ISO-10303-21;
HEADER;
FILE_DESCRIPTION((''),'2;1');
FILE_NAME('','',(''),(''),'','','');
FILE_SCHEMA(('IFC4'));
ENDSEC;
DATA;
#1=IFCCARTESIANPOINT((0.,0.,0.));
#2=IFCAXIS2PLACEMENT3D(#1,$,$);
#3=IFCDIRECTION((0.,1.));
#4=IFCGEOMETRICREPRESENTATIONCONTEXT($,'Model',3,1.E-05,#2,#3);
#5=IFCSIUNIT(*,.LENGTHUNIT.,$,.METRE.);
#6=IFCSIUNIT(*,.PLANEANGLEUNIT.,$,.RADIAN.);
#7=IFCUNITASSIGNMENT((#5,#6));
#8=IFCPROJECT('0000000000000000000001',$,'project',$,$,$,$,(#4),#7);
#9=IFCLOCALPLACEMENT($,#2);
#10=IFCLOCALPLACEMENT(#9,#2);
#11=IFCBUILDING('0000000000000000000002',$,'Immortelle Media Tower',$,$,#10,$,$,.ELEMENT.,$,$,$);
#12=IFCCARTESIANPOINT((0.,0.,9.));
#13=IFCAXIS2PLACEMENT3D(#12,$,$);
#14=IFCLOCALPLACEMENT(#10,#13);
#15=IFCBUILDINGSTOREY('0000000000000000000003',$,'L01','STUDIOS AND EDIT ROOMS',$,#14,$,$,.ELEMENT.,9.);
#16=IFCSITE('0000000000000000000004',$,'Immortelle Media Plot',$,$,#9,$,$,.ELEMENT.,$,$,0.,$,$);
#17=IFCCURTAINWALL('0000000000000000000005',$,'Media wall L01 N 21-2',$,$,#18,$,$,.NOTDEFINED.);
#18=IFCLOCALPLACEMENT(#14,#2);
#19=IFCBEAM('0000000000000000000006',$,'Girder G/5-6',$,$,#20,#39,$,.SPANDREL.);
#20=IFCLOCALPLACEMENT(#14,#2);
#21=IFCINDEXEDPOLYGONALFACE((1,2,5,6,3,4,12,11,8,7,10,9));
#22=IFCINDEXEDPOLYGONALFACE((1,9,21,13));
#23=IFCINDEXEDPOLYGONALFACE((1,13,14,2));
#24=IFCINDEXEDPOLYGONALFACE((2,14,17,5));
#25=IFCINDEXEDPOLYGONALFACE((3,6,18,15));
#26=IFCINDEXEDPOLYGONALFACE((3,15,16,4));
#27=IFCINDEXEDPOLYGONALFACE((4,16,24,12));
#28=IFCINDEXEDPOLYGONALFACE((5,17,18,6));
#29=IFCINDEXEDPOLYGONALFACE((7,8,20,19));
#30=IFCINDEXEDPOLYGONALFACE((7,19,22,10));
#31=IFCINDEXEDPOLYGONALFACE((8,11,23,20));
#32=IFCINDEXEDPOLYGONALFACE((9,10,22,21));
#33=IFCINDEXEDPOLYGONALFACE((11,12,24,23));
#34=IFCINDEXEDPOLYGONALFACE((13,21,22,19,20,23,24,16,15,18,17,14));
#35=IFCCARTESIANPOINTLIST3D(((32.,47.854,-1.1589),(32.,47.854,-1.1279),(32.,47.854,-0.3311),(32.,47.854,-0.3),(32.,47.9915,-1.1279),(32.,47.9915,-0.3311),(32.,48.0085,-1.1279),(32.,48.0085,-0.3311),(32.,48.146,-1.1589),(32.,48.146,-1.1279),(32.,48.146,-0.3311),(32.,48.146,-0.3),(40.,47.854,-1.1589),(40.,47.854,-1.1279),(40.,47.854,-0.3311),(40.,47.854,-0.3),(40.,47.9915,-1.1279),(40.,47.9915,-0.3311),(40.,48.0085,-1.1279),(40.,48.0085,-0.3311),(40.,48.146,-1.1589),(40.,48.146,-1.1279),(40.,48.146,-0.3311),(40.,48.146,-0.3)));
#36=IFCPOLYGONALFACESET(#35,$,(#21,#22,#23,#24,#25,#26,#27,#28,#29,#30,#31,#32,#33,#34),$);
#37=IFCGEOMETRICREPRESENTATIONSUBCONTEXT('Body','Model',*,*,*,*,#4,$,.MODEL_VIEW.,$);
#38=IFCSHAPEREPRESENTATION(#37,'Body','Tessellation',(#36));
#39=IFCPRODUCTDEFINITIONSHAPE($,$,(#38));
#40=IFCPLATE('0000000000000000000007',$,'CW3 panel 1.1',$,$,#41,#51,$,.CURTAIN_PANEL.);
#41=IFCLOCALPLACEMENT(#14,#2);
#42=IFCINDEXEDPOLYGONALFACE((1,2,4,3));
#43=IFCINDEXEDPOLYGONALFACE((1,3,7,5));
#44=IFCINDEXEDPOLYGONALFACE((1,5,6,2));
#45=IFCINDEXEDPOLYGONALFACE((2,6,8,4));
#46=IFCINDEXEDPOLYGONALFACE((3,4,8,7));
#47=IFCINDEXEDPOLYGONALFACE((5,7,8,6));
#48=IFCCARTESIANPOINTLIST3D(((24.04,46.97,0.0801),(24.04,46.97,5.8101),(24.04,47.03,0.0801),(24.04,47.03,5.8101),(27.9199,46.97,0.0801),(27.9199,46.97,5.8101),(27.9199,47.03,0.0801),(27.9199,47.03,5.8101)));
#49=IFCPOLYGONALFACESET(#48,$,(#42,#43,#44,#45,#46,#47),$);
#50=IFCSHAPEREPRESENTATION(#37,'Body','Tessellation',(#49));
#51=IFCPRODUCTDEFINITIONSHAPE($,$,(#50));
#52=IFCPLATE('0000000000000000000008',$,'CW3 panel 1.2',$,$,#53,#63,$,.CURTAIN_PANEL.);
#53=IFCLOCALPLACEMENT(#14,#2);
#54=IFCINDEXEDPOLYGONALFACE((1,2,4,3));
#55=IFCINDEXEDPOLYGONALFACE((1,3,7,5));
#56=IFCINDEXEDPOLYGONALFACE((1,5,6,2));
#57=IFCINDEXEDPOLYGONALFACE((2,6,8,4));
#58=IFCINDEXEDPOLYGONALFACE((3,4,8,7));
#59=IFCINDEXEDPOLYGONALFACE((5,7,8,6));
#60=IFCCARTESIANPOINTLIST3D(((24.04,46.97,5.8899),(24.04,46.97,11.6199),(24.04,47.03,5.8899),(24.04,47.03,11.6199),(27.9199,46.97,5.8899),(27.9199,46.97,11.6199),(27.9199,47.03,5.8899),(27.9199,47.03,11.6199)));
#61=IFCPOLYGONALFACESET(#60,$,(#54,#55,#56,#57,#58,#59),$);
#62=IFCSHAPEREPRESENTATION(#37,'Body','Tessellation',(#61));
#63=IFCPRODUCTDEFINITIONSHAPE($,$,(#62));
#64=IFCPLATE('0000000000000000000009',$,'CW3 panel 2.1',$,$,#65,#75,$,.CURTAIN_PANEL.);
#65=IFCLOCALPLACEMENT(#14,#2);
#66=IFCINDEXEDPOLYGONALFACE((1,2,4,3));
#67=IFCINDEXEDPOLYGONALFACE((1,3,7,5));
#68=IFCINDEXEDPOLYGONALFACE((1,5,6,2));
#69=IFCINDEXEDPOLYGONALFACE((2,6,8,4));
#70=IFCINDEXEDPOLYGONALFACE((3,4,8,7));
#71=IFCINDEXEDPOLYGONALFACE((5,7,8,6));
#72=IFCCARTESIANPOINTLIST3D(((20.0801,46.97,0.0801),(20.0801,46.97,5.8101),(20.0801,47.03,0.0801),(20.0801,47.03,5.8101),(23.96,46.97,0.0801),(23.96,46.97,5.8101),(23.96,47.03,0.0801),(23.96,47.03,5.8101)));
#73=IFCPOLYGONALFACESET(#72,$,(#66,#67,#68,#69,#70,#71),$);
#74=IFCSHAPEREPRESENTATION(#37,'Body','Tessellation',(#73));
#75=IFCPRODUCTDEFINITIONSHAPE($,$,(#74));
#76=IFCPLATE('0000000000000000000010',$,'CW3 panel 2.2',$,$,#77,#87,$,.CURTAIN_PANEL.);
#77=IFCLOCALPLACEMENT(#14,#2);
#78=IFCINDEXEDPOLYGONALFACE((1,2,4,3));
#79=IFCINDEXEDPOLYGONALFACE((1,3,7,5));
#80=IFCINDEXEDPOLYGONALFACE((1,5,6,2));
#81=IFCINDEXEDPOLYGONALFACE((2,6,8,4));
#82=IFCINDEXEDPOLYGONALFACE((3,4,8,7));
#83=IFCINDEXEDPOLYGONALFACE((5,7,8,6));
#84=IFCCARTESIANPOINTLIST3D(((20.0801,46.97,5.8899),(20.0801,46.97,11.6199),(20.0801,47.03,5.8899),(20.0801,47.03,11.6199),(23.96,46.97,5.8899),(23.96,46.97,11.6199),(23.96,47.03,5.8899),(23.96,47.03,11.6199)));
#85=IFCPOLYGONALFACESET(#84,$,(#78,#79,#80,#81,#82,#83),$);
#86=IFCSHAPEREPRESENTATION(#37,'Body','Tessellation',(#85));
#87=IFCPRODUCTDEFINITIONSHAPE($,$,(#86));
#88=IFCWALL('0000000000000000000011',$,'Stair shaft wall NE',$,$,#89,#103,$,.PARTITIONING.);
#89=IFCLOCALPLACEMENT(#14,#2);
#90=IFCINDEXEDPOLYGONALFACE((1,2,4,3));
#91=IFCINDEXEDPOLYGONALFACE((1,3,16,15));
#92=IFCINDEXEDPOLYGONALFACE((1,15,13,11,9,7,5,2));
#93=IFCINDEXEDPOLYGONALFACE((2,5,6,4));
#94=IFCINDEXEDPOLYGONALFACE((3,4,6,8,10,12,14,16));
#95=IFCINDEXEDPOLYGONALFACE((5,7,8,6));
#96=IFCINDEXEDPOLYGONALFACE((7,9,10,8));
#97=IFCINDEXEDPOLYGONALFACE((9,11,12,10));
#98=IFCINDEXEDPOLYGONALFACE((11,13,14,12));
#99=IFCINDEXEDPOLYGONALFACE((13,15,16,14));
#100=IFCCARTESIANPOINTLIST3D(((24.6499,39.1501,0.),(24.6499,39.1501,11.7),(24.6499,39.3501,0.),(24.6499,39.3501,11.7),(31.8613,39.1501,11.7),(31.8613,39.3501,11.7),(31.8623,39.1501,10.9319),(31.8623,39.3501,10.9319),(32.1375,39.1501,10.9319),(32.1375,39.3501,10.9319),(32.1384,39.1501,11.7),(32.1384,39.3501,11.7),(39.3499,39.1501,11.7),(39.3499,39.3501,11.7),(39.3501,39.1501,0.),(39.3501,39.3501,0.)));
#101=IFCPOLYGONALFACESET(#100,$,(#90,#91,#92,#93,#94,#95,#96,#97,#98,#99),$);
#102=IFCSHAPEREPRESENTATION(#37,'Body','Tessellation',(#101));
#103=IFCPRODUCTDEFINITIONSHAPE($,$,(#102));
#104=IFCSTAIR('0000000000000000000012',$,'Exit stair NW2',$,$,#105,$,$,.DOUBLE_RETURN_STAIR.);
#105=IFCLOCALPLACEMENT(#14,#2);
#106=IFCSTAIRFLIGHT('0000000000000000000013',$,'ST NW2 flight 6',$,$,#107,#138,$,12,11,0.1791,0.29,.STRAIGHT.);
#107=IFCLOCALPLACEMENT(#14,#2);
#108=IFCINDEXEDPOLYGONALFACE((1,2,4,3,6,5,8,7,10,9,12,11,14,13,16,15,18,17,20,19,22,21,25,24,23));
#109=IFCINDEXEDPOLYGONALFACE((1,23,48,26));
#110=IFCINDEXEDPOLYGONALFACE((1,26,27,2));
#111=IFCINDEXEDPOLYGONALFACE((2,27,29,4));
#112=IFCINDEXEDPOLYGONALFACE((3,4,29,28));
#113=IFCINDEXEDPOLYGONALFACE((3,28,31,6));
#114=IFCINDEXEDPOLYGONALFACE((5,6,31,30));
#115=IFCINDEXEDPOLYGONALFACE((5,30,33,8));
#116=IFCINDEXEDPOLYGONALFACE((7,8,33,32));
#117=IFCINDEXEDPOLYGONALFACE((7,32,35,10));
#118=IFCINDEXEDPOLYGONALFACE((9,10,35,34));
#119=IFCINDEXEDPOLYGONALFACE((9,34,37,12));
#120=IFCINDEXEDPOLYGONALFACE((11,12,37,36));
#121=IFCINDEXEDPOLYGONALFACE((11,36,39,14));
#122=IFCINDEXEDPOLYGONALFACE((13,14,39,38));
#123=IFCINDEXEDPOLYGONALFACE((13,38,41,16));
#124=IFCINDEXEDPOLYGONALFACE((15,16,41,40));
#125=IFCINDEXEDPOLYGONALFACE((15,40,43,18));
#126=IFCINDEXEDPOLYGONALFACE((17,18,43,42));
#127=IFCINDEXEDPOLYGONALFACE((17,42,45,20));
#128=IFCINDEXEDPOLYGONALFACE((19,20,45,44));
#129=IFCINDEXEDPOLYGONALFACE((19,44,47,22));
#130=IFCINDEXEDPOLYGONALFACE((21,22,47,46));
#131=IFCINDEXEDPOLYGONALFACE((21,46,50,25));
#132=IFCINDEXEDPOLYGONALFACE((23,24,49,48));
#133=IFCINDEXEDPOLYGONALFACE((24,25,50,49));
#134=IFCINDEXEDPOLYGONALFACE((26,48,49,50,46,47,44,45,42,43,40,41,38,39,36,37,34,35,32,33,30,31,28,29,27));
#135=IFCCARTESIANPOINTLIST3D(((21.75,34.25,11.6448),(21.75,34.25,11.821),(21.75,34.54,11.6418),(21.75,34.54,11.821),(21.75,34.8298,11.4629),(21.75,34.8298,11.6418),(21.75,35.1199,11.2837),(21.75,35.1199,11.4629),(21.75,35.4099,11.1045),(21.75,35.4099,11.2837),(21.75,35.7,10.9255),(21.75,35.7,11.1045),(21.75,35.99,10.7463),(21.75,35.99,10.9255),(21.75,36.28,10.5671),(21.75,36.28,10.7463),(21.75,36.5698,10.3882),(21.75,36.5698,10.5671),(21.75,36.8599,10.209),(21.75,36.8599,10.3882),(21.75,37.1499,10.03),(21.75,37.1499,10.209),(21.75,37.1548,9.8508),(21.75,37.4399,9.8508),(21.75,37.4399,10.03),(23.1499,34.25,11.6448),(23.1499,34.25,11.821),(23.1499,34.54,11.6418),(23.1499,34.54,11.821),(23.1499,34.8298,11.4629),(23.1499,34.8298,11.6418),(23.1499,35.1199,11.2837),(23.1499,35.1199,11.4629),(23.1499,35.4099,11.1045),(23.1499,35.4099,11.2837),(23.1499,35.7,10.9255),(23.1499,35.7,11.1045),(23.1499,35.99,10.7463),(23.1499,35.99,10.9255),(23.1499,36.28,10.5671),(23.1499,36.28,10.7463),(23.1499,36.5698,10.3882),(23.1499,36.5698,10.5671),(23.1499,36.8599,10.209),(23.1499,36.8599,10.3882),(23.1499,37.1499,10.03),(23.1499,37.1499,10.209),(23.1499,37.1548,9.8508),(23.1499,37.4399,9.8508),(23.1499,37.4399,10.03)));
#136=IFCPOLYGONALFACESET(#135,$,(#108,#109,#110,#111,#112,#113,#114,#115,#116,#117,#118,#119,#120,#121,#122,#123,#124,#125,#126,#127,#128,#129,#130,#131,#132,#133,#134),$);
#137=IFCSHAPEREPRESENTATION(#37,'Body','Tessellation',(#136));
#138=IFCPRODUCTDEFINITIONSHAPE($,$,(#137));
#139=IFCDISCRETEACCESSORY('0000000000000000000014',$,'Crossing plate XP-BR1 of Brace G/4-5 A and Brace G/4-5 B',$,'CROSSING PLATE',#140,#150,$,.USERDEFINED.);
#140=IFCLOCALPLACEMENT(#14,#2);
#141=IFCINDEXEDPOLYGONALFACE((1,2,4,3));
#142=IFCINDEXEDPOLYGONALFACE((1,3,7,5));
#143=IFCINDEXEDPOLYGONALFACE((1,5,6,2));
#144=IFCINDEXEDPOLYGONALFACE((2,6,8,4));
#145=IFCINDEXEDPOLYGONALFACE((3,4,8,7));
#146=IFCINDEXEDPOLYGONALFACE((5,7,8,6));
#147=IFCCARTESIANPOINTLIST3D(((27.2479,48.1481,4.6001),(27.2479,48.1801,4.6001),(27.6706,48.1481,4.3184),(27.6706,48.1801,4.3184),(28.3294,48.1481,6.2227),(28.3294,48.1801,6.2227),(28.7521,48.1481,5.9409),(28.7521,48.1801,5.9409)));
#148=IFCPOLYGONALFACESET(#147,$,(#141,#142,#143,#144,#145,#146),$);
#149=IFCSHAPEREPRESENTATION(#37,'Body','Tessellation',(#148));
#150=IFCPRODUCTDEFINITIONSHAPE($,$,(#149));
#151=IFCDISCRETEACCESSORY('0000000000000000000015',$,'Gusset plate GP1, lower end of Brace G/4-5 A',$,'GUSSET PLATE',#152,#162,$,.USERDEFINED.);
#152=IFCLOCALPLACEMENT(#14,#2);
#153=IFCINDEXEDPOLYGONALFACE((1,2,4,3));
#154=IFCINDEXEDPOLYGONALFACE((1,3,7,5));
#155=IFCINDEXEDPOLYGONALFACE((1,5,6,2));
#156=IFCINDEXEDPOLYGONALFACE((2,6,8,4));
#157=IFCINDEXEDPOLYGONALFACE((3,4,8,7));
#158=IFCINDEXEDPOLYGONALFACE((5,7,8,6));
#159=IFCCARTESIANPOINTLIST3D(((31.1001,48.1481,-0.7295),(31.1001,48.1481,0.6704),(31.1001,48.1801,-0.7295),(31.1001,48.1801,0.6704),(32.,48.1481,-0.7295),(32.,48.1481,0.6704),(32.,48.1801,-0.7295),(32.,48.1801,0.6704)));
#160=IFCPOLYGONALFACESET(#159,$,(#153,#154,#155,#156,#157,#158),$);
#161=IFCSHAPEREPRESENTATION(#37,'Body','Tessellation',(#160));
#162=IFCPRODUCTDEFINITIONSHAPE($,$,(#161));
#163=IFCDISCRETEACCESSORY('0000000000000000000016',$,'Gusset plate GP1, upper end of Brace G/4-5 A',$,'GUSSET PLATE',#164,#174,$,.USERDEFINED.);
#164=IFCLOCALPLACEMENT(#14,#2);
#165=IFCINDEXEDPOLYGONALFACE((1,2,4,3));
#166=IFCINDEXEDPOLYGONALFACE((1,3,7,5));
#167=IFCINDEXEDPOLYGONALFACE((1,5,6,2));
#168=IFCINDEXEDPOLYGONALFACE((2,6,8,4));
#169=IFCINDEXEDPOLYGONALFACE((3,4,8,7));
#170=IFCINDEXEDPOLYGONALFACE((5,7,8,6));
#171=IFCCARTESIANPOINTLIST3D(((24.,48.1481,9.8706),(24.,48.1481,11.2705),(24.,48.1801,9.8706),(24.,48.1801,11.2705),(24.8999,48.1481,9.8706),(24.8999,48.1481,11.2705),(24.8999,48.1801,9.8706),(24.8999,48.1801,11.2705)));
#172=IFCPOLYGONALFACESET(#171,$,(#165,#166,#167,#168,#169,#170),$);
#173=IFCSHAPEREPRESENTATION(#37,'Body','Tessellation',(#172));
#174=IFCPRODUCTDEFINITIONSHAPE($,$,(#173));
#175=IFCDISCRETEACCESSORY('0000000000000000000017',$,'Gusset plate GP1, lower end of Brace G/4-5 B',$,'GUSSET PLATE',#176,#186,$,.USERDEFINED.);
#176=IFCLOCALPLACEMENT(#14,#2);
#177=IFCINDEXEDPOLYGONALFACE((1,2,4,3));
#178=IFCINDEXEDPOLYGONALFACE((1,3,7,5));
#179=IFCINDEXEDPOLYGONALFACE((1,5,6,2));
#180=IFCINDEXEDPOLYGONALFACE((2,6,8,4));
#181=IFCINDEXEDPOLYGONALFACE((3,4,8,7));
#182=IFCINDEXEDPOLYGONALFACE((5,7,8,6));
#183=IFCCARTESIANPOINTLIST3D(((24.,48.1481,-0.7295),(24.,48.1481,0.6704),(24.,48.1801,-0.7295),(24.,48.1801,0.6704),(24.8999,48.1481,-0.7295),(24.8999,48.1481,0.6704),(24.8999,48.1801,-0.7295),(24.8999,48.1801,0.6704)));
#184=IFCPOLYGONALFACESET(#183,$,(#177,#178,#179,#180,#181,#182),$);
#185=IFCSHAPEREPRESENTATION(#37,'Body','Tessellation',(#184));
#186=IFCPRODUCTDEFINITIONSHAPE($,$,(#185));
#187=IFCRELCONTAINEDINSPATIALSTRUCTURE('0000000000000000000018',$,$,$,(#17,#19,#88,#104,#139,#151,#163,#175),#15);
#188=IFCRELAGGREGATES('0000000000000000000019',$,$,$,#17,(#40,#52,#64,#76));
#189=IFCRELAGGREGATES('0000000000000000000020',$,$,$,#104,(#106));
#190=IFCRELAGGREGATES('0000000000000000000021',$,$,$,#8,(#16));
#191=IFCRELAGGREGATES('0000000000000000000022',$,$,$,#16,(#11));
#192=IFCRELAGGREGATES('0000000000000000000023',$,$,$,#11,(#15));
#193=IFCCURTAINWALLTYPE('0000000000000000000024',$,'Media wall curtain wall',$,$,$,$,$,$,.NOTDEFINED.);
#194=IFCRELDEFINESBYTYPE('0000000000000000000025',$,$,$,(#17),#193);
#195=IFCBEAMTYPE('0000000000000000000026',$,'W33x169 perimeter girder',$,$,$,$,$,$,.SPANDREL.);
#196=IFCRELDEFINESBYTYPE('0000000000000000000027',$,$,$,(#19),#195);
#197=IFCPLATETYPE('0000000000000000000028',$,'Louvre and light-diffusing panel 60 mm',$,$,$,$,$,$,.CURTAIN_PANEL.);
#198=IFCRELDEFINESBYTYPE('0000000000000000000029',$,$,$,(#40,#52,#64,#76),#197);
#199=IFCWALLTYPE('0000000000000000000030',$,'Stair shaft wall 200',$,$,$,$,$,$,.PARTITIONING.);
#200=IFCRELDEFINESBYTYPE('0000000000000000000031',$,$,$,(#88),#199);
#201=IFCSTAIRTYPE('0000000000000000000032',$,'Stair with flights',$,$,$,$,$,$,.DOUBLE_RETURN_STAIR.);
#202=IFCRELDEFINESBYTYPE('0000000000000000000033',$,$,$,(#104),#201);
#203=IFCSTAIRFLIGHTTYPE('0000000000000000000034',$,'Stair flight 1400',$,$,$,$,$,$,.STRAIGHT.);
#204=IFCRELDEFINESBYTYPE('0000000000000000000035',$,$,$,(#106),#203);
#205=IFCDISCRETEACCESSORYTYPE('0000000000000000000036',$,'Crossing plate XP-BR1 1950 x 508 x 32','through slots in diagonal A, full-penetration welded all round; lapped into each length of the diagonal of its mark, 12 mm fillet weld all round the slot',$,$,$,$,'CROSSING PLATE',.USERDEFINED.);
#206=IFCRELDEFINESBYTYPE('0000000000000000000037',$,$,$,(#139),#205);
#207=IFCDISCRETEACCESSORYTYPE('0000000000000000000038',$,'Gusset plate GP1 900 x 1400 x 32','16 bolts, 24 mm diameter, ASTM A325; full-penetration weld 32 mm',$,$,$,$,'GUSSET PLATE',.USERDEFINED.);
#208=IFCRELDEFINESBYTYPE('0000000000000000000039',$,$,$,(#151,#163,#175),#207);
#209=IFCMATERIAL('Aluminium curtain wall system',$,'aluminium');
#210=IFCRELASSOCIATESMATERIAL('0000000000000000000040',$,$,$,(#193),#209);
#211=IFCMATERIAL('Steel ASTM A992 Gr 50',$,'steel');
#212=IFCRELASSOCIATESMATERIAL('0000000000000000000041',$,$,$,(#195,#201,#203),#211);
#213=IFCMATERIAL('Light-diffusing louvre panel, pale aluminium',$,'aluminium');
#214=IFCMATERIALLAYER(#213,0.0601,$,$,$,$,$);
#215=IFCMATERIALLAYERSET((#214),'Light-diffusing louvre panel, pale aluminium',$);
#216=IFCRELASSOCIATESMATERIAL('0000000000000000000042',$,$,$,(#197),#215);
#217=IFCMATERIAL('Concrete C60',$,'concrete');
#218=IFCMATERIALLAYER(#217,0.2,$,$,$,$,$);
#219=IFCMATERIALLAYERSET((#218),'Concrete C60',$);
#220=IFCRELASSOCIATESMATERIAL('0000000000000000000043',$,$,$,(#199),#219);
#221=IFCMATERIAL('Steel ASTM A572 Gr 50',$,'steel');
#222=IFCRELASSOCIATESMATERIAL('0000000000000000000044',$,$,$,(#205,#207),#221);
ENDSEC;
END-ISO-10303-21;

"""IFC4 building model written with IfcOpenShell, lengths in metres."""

from ifc_helpers import new_model, si_unit, direction, frame, origin, origin_2d, place, context, subcontext, project, spatial, polyline, rectangle, i_section, outline, extrude, material, layer, layer_set, material_profile, profile_set, type_object, element, aggregate, save


model = new_model("IFC4")

# Units and contexts
model_context = context("Model", 3, precision=1e-05, world=origin(), true_north=direction((0.0, 1.0)))
body_context = subcontext(model_context, "Body", "Model", "MODEL_VIEW")
ifc_project = project(units=[si_unit("LENGTHUNIT", "METRE"), si_unit("PLANEANGLEUNIT", "RADIAN")], contexts=[model_context])

# Site, building, storey
site_placement = place(None, origin())
site = spatial("IfcSite", under=ifc_project, at=site_placement, Name="Immortelle Media Plot", CompositionType="ELEMENT", RefElevation=0.0)
building_placement = place(site_placement, origin())
building = spatial("IfcBuilding", under=site, at=building_placement, Name="Immortelle Media Tower", CompositionType="ELEMENT")
storey_placement = place(building_placement, frame((0.0, 0.0, 9.0)))
storey = spatial("IfcBuildingStorey", under=building, at=storey_placement, Name="L01", Description="STUDIOS AND EDIT ROOMS", CompositionType="ELEMENT", Elevation=9.0)

# Shared definitions
ifc_material_1 = material(Name="Steel ASTM A992 Gr 50", Category="steel")

# Curtain wall
ifc_material_2 = material(Name="Aluminium curtain wall system", Category="aluminium")
curtain_wall_type = type_object("IfcCurtainWallType", Name="Media wall curtain wall", PredefinedType="NOTDEFINED", material=ifc_material_2)
curtain_wall_placement = place(storey_placement, origin())
curtain_wall = element("IfcCurtainWall", 1, at=curtain_wall_placement, inside=storey, type_object=curtain_wall_type, Name="Media wall L01 N 21-2", PredefinedType="NOTDEFINED")

# Beam
ifc_material_profile_1 = material_profile(ifc_material_1, i_section(OverallWidth=0.292, OverallDepth=0.8589, WebThickness=0.0171, FlangeThickness=0.031, at=origin_2d()), Name="W33x169")
ifc_profile_set_1 = profile_set([ifc_material_profile_1], Name="Steel ASTM A992 Gr 50")
beam_type_1 = type_object("IfcBeamType", Name="W33x169 perimeter girder", PredefinedType="SPANDREL", material=ifc_profile_set_1)
for number, where, z_axis, x_axis, name in (
    (2, (32.0, 48.0, -0.7295), (1.0, 0.0, 0.0), (0.0, 1.0, 0.0), "Girder G/5-6"),
):
    element("IfcBeam", number, at=place(storey_placement, frame(where, z_axis=z_axis, x_axis=x_axis)), inside=storey, type_object=beam_type_1, Name=name, PredefinedType="SPANDREL", context=body_context, shape_type="SweptSolid", body=[
        extrude(i_section(OverallWidth=0.292, OverallDepth=0.8589, WebThickness=0.0171, FlangeThickness=0.031, at=origin_2d()), origin(), (0.0, 0.0, 1.0), 8.0),
    ])

# Plates
ifc_material_3 = material(Name="Light-diffusing louvre panel, pale aluminium", Category="aluminium")
ifc_layer_1 = layer(ifc_material_3, 0.0601)
ifc_layer_set_1 = layer_set([ifc_layer_1], Name="Light-diffusing louvre panel, pale aluminium")
plate_type = type_object("IfcPlateType", Name="Louvre and light-diffusing panel 60 mm", PredefinedType="CURTAIN_PANEL", material=ifc_layer_set_1)
plate_1_placement = place(storey_placement, frame((25.98, 47.0, 0.0801), z_axis=(0.0, 0.0, 1.0), x_axis=(-1.0, 0.0, 0.0)))
plate_1 = element("IfcPlate", 3, at=plate_1_placement, type_object=plate_type, Name="CW3 panel 1.1", PredefinedType="CURTAIN_PANEL", context=body_context, shape_type="SweptSolid", body=[
    extrude(rectangle(XDim=3.8799, YDim=0.0601, at=origin_2d()), origin(), (0.0, 0.0, 1.0), 5.73),
])
plate_2_placement = place(storey_placement, frame((25.98, 47.0, 5.8899), z_axis=(0.0, 0.0, 1.0), x_axis=(-1.0, 0.0, 0.0)))
plate_2 = element("IfcPlate", 4, at=plate_2_placement, type_object=plate_type, Name="CW3 panel 1.2", PredefinedType="CURTAIN_PANEL", context=body_context, shape_type="SweptSolid", body=[
    extrude(rectangle(XDim=3.8799, YDim=0.0601, at=origin_2d()), origin(), (0.0, 0.0, 1.0), 5.73),
])
plate_3_placement = place(storey_placement, frame((22.02, 47.0, 0.0801), z_axis=(0.0, 0.0, 1.0), x_axis=(-1.0, 0.0, 0.0)))
plate_3 = element("IfcPlate", 5, at=plate_3_placement, type_object=plate_type, Name="CW3 panel 2.1", PredefinedType="CURTAIN_PANEL", context=body_context, shape_type="SweptSolid", body=[
    extrude(rectangle(XDim=3.8799, YDim=0.0601, at=origin_2d()), origin(), (0.0, 0.0, 1.0), 5.73),
])
plate_4_placement = place(storey_placement, frame((22.02, 47.0, 5.8899), z_axis=(0.0, 0.0, 1.0), x_axis=(-1.0, 0.0, 0.0)))
plate_4 = element("IfcPlate", 6, at=plate_4_placement, type_object=plate_type, Name="CW3 panel 2.2", PredefinedType="CURTAIN_PANEL", context=body_context, shape_type="SweptSolid", body=[
    extrude(rectangle(XDim=3.8799, YDim=0.0601, at=origin_2d()), origin(), (0.0, 0.0, 1.0), 5.73),
])
aggregate(curtain_wall, [plate_1, plate_2, plate_3, plate_4])

# Wall
ifc_material_4 = material(Name="Concrete C60", Category="concrete")
ifc_layer_2 = layer(ifc_material_4, 0.2)
ifc_layer_set_2 = layer_set([ifc_layer_2], Name="Concrete C60")
wall_type = type_object("IfcWallType", Name="Stair shaft wall 200", PredefinedType="PARTITIONING", material=ifc_layer_set_2)
wall_placement = place(storey_placement, frame((24.6499, 39.25, 0.0), z_axis=(0.0, 0.0, 1.0), x_axis=(1.0, 0.0, 0.0)))
element("IfcWall", 7, at=wall_placement, inside=storey, type_object=wall_type, Name="Stair shaft wall NE", PredefinedType="PARTITIONING", context=body_context, shape_type="SweptSolid", body=[
    extrude(outline(polyline([(0.0, 0.0), (14.7002, 0.0), (14.7, 11.7), (7.4885, 11.7), (7.4875, 10.9319), (7.2124, 10.9319), (7.2114, 11.7), (0.0, 11.7), (0.0, 0.0)])), frame((0.0, 0.1001, 0.0), z_axis=(0.0, -1.0, 0.0), x_axis=(1.0, 0.0, 0.0)), (0.0, 0.0, 1.0), 0.2),
])

# Stair, stair flight
stair_type = type_object("IfcStairType", Name="Stair with flights", PredefinedType="DOUBLE_RETURN_STAIR", material=ifc_material_1)
stair_placement = place(storey_placement, origin())
stair = element("IfcStair", 8, at=stair_placement, inside=storey, type_object=stair_type, Name="Exit stair NW2", PredefinedType="DOUBLE_RETURN_STAIR")
stair_flight_type = type_object("IfcStairFlightType", Name="Stair flight 1400", PredefinedType="STRAIGHT", material=ifc_material_1)
stair_flight_placement = place(storey_placement, frame((22.45, 37.4399, 9.8508), z_axis=(0.0, 0.0, 1.0), x_axis=(0.0, -1.0, 0.0)))
stair_flight = element("IfcStairFlight", 9, at=stair_flight_placement, type_object=stair_flight_type, Name="ST NW2 flight 6", NumberOfRisers=12, NumberOfTreads=11, PredefinedType="STRAIGHT", RiserHeight=0.1791, TreadLength=0.29, context=body_context, shape_type="SweptSolid", body=[
    extrude(outline(polyline([(0.0, 0.0), (0.0, 0.1792), (0.29, 0.1792), (0.29, 0.3582), (0.5801, 0.3582), (0.5801, 0.5374), (0.8701, 0.5374), (0.8701, 0.7163), (1.1599, 0.7163), (1.1599, 0.8955), (1.45, 0.8955), (1.45, 1.0747), (1.74, 1.0747), (1.74, 1.2537), (2.03, 1.2537), (2.03, 1.4329), (2.3201, 1.4329), (2.3201, 1.6121), (2.6101, 1.6121), (2.6101, 1.791), (2.8999, 1.791), (2.8999, 1.9702), (3.1899, 1.9702), (3.1899, 2.1492), (3.1899, 1.7939), (0.2852, 0.0), (0.0, 0.0)])), frame((0.0, 0.7, 0.0), z_axis=(0.0, -1.0, 0.0), x_axis=(1.0, 0.0, 0.0)), (0.0, 0.0, 1.0), 1.3999),
])
aggregate(stair, [stair_flight])

# Discrete accessories
ifc_material_5 = material(Name="Steel ASTM A572 Gr 50", Category="steel")
ifc_material_profile_2 = material_profile(ifc_material_5, rectangle(XDim=0.032, YDim=0.5081, at=origin_2d()), Name="PL 32 x 508")
ifc_profile_set_2 = profile_set([ifc_material_profile_2], Name="Steel ASTM A572 Gr 50")
discrete_accessory_type_1 = type_object("IfcDiscreteAccessoryType", Name="Crossing plate XP-BR1 1950 x 508 x 32", Description="through slots in diagonal A, full-penetration welded all round; lapped into each length of the diagonal of its mark, 12 mm fillet weld all round the slot", ElementType="CROSSING PLATE", PredefinedType="USERDEFINED", material=ifc_profile_set_2)
discrete_accessory_placement = place(storey_placement, frame((28.5408, 48.1641, 6.0818), z_axis=(-0.554642, 0.0, -0.832089), x_axis=(0.0, -1.0, 0.0)))
element("IfcDiscreteAccessory", 10, at=discrete_accessory_placement, inside=storey, type_object=discrete_accessory_type_1, Name="Crossing plate XP-BR1 of Brace G/4-5 A and Brace G/4-5 B", ObjectType="CROSSING PLATE", PredefinedType="USERDEFINED", context=body_context, shape_type="SweptSolid", body=[
    extrude(rectangle(XDim=0.032, YDim=0.5081, at=origin_2d()), origin(), (0.0, 0.0, 1.0), 1.95),
])
ifc_material_profile_3 = material_profile(ifc_material_5, rectangle(XDim=0.032, YDim=1.3999, at=origin_2d()), Name="PL 32 x 1400")
ifc_profile_set_3 = profile_set([ifc_material_profile_3], Name="Steel ASTM A572 Gr 50")
discrete_accessory_type_2 = type_object("IfcDiscreteAccessoryType", Name="Gusset plate GP1 900 x 1400 x 32", Description="16 bolts, 24 mm diameter, ASTM A325; full-penetration weld 32 mm", ElementType="GUSSET PLATE", PredefinedType="USERDEFINED", material=ifc_profile_set_3)
for number, where, z_axis, x_axis, name in (
    (11, (32.0, 48.1641, -0.0295), (-1.0, 0.0, 0.0), (0.0, -1.0, 0.0), "Gusset plate GP1, lower end of Brace G/4-5 A"),
    (12, (24.0, 48.1641, 10.5706), (1.0, 0.0, 0.0), (0.0, 1.0, 0.0), "Gusset plate GP1, upper end of Brace G/4-5 A"),
    (13, (24.0, 48.1641, -0.0295), (1.0, 0.0, 0.0), (0.0, 1.0, 0.0), "Gusset plate GP1, lower end of Brace G/4-5 B"),
):
    element("IfcDiscreteAccessory", number, at=place(storey_placement, frame(where, z_axis=z_axis, x_axis=x_axis)), inside=storey, type_object=discrete_accessory_type_2, Name=name, ObjectType="GUSSET PLATE", PredefinedType="USERDEFINED", context=body_context, shape_type="SweptSolid", body=[
        extrude(rectangle(XDim=0.032, YDim=1.3999, at=origin_2d()), origin(), (0.0, 0.0, 1.0), 0.8999),
    ])

save(model, "model.ifc")
